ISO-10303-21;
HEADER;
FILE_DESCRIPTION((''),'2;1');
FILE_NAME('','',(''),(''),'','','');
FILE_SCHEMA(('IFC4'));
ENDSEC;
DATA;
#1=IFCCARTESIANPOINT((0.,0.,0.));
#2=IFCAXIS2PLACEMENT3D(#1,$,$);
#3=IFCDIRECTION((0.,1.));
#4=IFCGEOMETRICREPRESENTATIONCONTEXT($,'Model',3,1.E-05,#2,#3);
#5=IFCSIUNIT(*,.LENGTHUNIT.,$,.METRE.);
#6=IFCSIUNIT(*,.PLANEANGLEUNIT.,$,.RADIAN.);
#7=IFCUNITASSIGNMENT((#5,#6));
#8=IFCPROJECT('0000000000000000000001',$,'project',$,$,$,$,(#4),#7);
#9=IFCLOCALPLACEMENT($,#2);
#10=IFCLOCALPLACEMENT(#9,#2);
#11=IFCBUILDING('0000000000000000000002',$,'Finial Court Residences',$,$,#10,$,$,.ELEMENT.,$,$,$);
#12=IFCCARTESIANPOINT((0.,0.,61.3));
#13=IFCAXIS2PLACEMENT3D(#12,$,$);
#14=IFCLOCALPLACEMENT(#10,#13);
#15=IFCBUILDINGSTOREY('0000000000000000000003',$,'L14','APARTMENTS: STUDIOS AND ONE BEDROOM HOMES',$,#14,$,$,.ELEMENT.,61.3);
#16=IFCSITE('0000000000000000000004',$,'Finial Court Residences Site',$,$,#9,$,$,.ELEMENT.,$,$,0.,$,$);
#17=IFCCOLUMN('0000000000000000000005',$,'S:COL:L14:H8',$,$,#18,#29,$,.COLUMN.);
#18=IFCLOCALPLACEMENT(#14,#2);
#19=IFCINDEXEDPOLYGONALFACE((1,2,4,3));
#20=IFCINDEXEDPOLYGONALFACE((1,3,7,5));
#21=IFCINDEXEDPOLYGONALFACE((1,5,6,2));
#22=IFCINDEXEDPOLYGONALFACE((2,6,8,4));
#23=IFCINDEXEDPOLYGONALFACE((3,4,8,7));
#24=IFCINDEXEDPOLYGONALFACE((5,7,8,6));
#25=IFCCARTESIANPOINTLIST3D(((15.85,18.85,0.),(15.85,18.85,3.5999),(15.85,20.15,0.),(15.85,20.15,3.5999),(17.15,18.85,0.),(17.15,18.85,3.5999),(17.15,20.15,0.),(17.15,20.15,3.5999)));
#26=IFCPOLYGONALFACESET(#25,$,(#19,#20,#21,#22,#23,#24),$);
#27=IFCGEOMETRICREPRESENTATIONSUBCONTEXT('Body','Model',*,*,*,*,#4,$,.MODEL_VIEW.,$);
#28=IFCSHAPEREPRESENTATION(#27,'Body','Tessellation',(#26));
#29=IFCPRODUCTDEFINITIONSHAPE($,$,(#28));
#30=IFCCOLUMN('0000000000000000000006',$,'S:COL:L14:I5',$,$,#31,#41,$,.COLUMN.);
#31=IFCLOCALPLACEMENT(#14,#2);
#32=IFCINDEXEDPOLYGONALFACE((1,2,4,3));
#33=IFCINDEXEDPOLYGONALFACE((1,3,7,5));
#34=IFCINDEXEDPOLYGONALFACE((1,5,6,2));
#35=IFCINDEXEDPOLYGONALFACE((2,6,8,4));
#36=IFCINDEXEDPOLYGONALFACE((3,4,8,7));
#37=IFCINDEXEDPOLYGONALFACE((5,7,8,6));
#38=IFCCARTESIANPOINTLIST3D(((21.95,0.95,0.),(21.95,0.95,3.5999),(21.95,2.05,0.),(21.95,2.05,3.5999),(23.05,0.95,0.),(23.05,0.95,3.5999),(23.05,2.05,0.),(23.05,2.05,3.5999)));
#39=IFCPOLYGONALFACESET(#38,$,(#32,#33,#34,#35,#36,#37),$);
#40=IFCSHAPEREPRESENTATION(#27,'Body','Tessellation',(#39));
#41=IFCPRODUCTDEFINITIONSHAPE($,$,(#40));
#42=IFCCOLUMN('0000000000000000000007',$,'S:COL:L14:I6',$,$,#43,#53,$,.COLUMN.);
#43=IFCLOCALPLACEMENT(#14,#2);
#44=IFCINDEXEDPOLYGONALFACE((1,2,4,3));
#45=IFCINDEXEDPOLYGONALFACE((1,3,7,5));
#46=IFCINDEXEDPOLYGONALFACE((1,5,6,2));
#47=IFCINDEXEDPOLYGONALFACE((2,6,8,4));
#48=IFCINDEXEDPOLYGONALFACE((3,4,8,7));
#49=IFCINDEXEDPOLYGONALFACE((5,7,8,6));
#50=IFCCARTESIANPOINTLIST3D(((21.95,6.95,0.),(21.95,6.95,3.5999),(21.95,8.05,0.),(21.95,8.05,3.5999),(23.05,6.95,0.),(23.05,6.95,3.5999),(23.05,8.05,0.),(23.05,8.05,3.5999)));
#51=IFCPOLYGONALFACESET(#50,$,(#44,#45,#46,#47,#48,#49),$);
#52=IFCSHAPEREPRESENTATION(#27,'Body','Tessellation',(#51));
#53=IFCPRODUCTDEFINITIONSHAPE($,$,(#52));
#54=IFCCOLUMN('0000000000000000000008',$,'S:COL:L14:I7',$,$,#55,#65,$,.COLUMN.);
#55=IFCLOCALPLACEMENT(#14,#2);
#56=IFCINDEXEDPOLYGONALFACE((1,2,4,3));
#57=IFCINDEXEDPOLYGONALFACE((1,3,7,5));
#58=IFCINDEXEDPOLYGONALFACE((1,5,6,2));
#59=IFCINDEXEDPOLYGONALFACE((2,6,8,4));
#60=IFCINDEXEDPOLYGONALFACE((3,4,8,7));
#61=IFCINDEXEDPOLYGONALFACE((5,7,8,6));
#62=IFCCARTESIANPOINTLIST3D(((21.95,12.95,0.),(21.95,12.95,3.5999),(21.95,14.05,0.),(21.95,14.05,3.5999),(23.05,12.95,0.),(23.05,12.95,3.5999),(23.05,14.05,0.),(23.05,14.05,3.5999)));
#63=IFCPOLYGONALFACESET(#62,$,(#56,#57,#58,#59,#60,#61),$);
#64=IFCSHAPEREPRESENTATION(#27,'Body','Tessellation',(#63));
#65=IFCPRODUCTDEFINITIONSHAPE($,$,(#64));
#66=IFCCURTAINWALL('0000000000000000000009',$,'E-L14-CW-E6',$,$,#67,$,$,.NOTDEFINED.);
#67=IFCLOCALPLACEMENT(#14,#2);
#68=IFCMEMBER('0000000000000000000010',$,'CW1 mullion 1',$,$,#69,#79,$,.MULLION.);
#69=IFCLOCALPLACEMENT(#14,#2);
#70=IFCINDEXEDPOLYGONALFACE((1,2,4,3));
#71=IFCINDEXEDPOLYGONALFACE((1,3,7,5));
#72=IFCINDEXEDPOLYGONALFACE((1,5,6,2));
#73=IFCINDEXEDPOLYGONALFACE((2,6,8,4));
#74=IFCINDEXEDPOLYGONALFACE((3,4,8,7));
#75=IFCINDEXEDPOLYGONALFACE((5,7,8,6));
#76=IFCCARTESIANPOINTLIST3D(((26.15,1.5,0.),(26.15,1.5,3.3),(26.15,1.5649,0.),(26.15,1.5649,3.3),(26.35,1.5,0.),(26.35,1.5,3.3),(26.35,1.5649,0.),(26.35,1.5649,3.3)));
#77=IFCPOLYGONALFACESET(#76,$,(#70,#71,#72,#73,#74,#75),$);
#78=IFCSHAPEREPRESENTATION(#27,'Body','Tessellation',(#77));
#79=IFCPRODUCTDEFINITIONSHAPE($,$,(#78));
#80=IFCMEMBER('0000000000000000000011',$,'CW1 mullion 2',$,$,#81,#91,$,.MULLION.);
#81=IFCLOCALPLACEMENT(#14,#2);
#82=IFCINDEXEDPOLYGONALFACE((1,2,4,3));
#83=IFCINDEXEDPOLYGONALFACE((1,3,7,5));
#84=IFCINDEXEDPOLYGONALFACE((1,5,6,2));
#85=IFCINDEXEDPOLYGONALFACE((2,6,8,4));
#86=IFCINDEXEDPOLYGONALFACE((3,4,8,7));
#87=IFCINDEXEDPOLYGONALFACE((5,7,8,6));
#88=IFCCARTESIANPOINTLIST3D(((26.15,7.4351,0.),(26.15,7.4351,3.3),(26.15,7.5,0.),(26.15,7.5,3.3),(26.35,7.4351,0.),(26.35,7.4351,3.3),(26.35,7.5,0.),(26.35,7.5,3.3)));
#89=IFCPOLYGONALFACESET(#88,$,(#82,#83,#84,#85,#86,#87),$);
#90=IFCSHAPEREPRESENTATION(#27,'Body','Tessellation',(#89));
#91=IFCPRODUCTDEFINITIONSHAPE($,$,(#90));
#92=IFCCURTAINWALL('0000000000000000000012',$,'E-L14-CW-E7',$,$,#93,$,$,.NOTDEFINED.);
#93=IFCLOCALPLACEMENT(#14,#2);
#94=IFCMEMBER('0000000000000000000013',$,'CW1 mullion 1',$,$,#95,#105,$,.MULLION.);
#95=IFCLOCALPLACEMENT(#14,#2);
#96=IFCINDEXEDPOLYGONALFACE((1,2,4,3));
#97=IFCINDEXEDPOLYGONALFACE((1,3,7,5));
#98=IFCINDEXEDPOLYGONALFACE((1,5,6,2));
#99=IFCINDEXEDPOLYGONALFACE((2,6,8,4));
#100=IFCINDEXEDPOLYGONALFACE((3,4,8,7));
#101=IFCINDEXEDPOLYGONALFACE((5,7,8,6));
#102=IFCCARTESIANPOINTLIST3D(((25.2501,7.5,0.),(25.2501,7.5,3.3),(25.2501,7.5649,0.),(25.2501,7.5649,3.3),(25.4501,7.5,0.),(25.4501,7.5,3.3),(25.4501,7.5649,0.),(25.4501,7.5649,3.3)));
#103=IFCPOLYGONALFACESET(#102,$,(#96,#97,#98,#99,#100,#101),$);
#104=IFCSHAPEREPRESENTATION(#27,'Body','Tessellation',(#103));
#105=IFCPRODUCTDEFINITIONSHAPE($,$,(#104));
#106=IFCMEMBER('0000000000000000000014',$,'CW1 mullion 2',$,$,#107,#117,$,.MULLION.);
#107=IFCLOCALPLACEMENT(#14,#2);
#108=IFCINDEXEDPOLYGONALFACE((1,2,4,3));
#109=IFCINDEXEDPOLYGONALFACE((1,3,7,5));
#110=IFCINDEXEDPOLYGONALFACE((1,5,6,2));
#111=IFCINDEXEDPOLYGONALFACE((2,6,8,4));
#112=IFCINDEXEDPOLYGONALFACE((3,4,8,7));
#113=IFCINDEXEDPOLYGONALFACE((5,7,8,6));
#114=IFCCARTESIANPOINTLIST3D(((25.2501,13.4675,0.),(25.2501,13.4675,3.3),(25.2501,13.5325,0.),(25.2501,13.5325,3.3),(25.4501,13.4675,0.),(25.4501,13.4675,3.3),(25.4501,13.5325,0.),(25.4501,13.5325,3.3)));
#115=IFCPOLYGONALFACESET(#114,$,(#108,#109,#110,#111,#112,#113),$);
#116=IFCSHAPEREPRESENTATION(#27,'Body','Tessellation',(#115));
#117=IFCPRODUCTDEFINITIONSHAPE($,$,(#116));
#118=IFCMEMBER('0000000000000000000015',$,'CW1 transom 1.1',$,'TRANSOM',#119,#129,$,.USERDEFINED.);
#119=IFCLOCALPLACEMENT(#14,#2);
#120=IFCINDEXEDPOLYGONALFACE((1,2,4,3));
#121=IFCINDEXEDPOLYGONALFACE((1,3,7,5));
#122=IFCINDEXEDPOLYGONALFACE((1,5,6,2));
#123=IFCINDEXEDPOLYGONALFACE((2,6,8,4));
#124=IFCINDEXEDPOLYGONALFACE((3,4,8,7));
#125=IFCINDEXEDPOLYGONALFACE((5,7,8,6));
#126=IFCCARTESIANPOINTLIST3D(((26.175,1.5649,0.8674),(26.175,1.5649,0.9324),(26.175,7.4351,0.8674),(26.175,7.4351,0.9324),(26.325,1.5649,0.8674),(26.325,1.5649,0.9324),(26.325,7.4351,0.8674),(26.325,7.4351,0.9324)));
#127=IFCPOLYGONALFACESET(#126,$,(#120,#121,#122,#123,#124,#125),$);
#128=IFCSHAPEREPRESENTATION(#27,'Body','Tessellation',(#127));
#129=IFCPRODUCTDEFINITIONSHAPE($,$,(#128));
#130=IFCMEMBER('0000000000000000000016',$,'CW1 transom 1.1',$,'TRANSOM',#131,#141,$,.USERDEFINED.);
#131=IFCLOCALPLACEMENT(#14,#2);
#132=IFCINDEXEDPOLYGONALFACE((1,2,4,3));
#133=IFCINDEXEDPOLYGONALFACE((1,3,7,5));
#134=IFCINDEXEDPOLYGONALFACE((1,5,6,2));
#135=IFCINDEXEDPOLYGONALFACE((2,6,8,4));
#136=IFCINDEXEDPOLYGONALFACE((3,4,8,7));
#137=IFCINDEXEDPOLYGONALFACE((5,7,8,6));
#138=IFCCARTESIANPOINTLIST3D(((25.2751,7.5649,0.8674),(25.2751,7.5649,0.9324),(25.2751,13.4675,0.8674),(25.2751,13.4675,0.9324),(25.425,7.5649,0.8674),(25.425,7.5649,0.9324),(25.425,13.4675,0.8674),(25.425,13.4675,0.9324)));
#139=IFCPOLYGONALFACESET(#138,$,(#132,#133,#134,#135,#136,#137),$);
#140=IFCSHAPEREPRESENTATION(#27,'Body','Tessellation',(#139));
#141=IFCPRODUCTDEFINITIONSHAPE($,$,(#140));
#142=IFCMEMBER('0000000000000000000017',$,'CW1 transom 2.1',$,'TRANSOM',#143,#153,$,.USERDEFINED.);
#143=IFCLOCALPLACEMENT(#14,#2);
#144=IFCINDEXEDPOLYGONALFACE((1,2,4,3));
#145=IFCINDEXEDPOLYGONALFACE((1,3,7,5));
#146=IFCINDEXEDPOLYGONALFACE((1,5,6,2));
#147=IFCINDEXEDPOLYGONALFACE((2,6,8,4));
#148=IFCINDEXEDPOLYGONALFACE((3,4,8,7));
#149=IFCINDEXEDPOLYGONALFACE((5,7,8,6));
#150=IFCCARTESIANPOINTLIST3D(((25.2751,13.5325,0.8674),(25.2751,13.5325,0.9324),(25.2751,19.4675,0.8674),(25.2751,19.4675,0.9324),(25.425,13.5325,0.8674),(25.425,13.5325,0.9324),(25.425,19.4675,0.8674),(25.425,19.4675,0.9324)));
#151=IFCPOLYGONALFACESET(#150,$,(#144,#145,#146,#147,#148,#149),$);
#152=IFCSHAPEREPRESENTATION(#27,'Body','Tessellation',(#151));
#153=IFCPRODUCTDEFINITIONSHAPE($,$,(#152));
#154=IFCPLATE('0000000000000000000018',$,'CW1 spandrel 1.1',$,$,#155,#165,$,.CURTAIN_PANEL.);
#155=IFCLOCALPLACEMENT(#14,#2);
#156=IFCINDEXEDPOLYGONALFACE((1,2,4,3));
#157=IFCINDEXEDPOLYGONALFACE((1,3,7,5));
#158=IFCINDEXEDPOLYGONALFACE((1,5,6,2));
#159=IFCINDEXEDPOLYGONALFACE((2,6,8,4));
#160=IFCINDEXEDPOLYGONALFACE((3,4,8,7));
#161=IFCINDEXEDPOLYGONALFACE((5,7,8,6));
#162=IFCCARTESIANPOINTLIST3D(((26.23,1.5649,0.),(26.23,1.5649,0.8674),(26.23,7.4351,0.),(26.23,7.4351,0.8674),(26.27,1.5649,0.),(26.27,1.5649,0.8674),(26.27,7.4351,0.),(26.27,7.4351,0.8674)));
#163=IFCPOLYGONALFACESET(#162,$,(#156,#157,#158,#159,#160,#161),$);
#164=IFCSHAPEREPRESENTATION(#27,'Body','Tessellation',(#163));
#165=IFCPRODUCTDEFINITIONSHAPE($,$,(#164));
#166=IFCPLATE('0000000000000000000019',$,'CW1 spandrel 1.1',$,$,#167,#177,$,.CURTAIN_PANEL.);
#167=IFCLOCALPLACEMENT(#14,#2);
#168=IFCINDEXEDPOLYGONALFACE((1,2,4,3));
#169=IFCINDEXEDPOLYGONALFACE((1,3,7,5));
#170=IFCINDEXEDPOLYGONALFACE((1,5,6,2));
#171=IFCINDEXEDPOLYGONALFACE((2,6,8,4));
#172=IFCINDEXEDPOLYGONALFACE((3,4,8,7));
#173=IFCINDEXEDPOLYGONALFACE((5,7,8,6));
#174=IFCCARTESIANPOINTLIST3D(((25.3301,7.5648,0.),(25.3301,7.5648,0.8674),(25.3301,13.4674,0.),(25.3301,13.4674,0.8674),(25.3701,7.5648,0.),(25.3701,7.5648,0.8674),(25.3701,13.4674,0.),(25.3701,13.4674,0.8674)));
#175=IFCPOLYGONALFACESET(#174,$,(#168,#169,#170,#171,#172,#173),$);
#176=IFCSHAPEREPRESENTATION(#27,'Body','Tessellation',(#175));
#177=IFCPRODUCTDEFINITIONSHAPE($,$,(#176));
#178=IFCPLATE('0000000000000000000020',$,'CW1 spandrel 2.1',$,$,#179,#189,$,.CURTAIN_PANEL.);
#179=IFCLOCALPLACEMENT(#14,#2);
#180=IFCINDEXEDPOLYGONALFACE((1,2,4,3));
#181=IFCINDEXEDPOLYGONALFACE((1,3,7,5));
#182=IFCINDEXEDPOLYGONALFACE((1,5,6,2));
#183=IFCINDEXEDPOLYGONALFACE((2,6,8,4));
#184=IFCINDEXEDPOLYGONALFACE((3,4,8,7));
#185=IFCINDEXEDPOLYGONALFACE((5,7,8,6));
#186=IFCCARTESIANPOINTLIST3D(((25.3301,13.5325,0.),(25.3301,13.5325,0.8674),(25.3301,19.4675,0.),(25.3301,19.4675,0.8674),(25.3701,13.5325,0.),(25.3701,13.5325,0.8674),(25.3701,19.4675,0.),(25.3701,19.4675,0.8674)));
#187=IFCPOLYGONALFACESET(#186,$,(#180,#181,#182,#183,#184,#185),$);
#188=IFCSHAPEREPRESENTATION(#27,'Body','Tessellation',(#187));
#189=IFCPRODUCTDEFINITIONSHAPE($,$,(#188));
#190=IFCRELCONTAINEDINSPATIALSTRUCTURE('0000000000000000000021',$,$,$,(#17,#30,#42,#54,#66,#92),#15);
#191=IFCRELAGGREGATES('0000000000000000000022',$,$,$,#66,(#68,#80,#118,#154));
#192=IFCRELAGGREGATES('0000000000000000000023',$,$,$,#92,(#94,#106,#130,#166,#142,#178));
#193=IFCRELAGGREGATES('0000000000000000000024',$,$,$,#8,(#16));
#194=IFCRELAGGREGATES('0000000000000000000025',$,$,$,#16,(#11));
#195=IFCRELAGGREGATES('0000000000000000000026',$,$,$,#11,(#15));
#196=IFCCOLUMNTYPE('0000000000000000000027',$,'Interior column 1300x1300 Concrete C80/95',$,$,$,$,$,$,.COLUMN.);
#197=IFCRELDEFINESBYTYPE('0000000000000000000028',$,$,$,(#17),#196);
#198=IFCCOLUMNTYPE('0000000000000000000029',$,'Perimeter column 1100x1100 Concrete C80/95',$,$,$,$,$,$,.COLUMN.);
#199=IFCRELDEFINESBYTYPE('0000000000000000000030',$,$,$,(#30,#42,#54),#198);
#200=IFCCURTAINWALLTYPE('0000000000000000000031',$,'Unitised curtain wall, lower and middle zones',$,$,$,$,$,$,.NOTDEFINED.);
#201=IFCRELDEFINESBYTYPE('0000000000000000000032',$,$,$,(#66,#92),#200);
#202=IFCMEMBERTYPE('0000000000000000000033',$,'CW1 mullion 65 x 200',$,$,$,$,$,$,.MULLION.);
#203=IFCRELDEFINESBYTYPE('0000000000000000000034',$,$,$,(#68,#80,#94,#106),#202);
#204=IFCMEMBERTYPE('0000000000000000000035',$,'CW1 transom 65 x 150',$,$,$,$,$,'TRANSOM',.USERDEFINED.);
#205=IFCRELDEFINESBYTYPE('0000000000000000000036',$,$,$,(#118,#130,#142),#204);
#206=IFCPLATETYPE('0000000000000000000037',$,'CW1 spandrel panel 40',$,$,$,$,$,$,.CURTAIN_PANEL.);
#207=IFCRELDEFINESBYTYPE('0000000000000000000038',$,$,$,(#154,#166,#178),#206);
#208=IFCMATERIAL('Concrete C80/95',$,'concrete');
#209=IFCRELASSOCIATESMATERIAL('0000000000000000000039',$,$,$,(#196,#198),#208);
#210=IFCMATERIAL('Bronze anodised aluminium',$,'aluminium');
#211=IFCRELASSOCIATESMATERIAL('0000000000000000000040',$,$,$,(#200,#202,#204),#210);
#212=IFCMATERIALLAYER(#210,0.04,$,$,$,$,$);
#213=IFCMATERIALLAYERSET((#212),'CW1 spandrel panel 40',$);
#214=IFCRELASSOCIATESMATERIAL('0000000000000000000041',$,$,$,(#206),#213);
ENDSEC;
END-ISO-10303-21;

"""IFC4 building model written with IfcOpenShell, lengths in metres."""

from ifc_helpers import new_model, si_unit, direction, frame, origin, origin_2d, place, context, subcontext, project, spatial, rectangle, extrude, material, layer, layer_set, material_profile, profile_set, type_object, element, aggregate, save


model = new_model("IFC4")

# Units and contexts
model_context = context("Model", 3, precision=1e-05, world=origin(), true_north=direction((0.0, 1.0)))
body_context = subcontext(model_context, "Body", "Model", "MODEL_VIEW")
ifc_project = project(units=[si_unit("LENGTHUNIT", "METRE"), si_unit("PLANEANGLEUNIT", "RADIAN")], contexts=[model_context])

# Site, building, storey
site_placement = place(None, origin())
site = spatial("IfcSite", under=ifc_project, at=site_placement, Name="Finial Court Residences Site", CompositionType="ELEMENT", RefElevation=0.0)
building_placement = place(site_placement, origin())
building = spatial("IfcBuilding", under=site, at=building_placement, Name="Finial Court Residences", CompositionType="ELEMENT")
storey_placement = place(building_placement, frame((0.0, 0.0, 61.3)))
storey = spatial("IfcBuildingStorey", under=building, at=storey_placement, Name="L14", Description="APARTMENTS: STUDIOS AND ONE BEDROOM HOMES", CompositionType="ELEMENT", Elevation=61.3)

# Columns
ifc_material_1 = material(Name="Concrete C80/95", Category="concrete")
ifc_material_profile_1 = material_profile(ifc_material_1, rectangle(XDim=1.3, YDim=1.3, at=origin_2d()), Name="1300x1300")
ifc_profile_set_1 = profile_set([ifc_material_profile_1], Name="Concrete C80/95")
column_type_1 = type_object("IfcColumnType", Name="Interior column 1300x1300 Concrete C80/95", PredefinedType="COLUMN", material=ifc_profile_set_1)
column_placement = place(storey_placement, frame((16.5, 19.5, 0.0), z_axis=(0.0, 0.0, 1.0), x_axis=(1.0, 0.0, 0.0)))
element("IfcColumn", 1, at=column_placement, inside=storey, type_object=column_type_1, Name="S:COL:L14:H8", PredefinedType="COLUMN", context=body_context, shape_type="SweptSolid", body=[
    extrude(rectangle(XDim=1.3, YDim=1.3, at=origin_2d()), origin(), (0.0, 0.0, 1.0), 3.5999),
])
ifc_material_profile_2 = material_profile(ifc_material_1, rectangle(XDim=1.1001, YDim=1.1001, at=origin_2d()), Name="1100x1100")
ifc_profile_set_2 = profile_set([ifc_material_profile_2], Name="Concrete C80/95")
column_type_2 = type_object("IfcColumnType", Name="Perimeter column 1100x1100 Concrete C80/95", PredefinedType="COLUMN", material=ifc_profile_set_2)
for number, where, z_axis, x_axis, name in (
    (2, (22.5, 1.5, 0.0), (0.0, 0.0, 1.0), (1.0, 0.0, 0.0), "S:COL:L14:I5"),
    (3, (22.5, 7.5, 0.0), (0.0, 0.0, 1.0), (1.0, 0.0, 0.0), "S:COL:L14:I6"),
    (4, (22.5, 13.5, 0.0), (0.0, 0.0, 1.0), (1.0, 0.0, 0.0), "S:COL:L14:I7"),
):
    element("IfcColumn", number, at=place(storey_placement, frame(where, z_axis=z_axis, x_axis=x_axis)), inside=storey, type_object=column_type_2, Name=name, PredefinedType="COLUMN", context=body_context, shape_type="SweptSolid", body=[
        extrude(rectangle(XDim=1.1001, YDim=1.1001, at=origin_2d()), origin(), (0.0, 0.0, 1.0), 3.5999),
    ])

# Curtain walls, members
ifc_material_2 = material(Name="Bronze anodised aluminium", Category="aluminium")
curtain_wall_type = type_object("IfcCurtainWallType", Name="Unitised curtain wall, lower and middle zones", PredefinedType="NOTDEFINED", material=ifc_material_2)
curtain_wall_1_placement = place(storey_placement, origin())
curtain_wall_1 = element("IfcCurtainWall", 5, at=curtain_wall_1_placement, inside=storey, type_object=curtain_wall_type, Name="E-L14-CW-E6", PredefinedType="NOTDEFINED")
ifc_material_profile_3 = material_profile(ifc_material_2, rectangle(XDim=0.2, YDim=0.0649, at=origin_2d()), Name="CW1 mullion 65 x 200")
ifc_profile_set_3 = profile_set([ifc_material_profile_3], Name="Bronze anodised aluminium")
member_type_1 = type_object("IfcMemberType", Name="CW1 mullion 65 x 200", PredefinedType="MULLION", material=ifc_profile_set_3)
member_1_placement = place(storey_placement, frame((26.25, 1.5325, 0.0), z_axis=(0.0, 0.0, 1.0), x_axis=(-1.0, 0.0, 0.0)))
member_1 = element("IfcMember", 6, at=member_1_placement, type_object=member_type_1, Name="CW1 mullion 1", PredefinedType="MULLION", context=body_context, shape_type="SweptSolid", body=[
    extrude(rectangle(XDim=0.2, YDim=0.0649, at=origin_2d()), origin(), (0.0, 0.0, 1.0), 3.3),
])
member_2_placement = place(storey_placement, frame((26.25, 7.4675, 0.0), z_axis=(0.0, 0.0, 1.0), x_axis=(-1.0, 0.0, 0.0)))
member_2 = element("IfcMember", 7, at=member_2_placement, type_object=member_type_1, Name="CW1 mullion 2", PredefinedType="MULLION", context=body_context, shape_type="SweptSolid", body=[
    extrude(rectangle(XDim=0.2, YDim=0.0649, at=origin_2d()), origin(), (0.0, 0.0, 1.0), 3.3),
])
curtain_wall_2_placement = place(storey_placement, origin())
curtain_wall_2 = element("IfcCurtainWall", 8, at=curtain_wall_2_placement, inside=storey, type_object=curtain_wall_type, Name="E-L14-CW-E7", PredefinedType="NOTDEFINED")
member_3_placement = place(storey_placement, frame((25.3501, 7.5325, 0.0), z_axis=(0.0, 0.0, 1.0), x_axis=(-1.0, 0.0, 0.0)))
member_3 = element("IfcMember", 9, at=member_3_placement, type_object=member_type_1, Name="CW1 mullion 1", PredefinedType="MULLION", context=body_context, shape_type="SweptSolid", body=[
    extrude(rectangle(XDim=0.2, YDim=0.0649, at=origin_2d()), origin(), (0.0, 0.0, 1.0), 3.3),
])
member_4_placement = place(storey_placement, frame((25.3501, 13.5, 0.0), z_axis=(0.0, 0.0, 1.0), x_axis=(-1.0, 0.0, 0.0)))
member_4 = element("IfcMember", 10, at=member_4_placement, type_object=member_type_1, Name="CW1 mullion 2", PredefinedType="MULLION", context=body_context, shape_type="SweptSolid", body=[
    extrude(rectangle(XDim=0.2, YDim=0.0649, at=origin_2d()), origin(), (0.0, 0.0, 1.0), 3.3),
])

# Members
ifc_material_profile_4 = material_profile(ifc_material_2, rectangle(XDim=0.1499, YDim=0.0649, at=origin_2d()), Name="CW1 transom 65 x 150")
ifc_profile_set_4 = profile_set([ifc_material_profile_4], Name="Bronze anodised aluminium")
member_type_2 = type_object("IfcMemberType", Name="CW1 transom 65 x 150", ElementType="TRANSOM", PredefinedType="USERDEFINED", material=ifc_profile_set_4)
member_5_placement = place(storey_placement, frame((26.25, 1.5649, 0.8999), z_axis=(0.0, 1.0, 0.0), x_axis=(-1.0, 0.0, 0.0)))
member_5 = element("IfcMember", 11, at=member_5_placement, type_object=member_type_2, Name="CW1 transom 1.1", ObjectType="TRANSOM", PredefinedType="USERDEFINED", context=body_context, shape_type="SweptSolid", body=[
    extrude(rectangle(XDim=0.1499, YDim=0.0649, at=origin_2d()), origin(), (0.0, 0.0, 1.0), 5.8701),
])
member_6_placement = place(storey_placement, frame((25.3501, 7.5649, 0.8999), z_axis=(0.0, 1.0, 0.0), x_axis=(-1.0, 0.0, 0.0)))
member_6 = element("IfcMember", 12, at=member_6_placement, type_object=member_type_2, Name="CW1 transom 1.1", ObjectType="TRANSOM", PredefinedType="USERDEFINED", context=body_context, shape_type="SweptSolid", body=[
    extrude(rectangle(XDim=0.1499, YDim=0.0649, at=origin_2d()), origin(), (0.0, 0.0, 1.0), 5.9026),
])
member_7_placement = place(storey_placement, frame((25.3501, 13.5325, 0.8999), z_axis=(0.0, 1.0, 0.0), x_axis=(-1.0, 0.0, 0.0)))
member_7 = element("IfcMember", 13, at=member_7_placement, type_object=member_type_2, Name="CW1 transom 2.1", ObjectType="TRANSOM", PredefinedType="USERDEFINED", context=body_context, shape_type="SweptSolid", body=[
    extrude(rectangle(XDim=0.1499, YDim=0.0649, at=origin_2d()), origin(), (0.0, 0.0, 1.0), 5.9351),
])

# Plates
ifc_layer_1 = layer(ifc_material_2, 0.04)
ifc_layer_set_1 = layer_set([ifc_layer_1], Name="CW1 spandrel panel 40")
plate_type_1 = type_object("IfcPlateType", Name="CW1 spandrel panel 40", PredefinedType="CURTAIN_PANEL", material=ifc_layer_set_1)
plate_1_placement = place(storey_placement, frame((26.25, 4.5, 0.0), z_axis=(0.0, 0.0, 1.0), x_axis=(0.0, 1.0, 0.0)))
plate_1 = element("IfcPlate", 14, at=plate_1_placement, type_object=plate_type_1, Name="CW1 spandrel 1.1", PredefinedType="CURTAIN_PANEL", context=body_context, shape_type="SweptSolid", body=[
    extrude(rectangle(XDim=5.8701, YDim=0.04, at=origin_2d()), origin(), (0.0, 0.0, 1.0), 0.8674),
])
plate_2_placement = place(storey_placement, frame((25.3501, 10.5161, 0.0), z_axis=(0.0, 0.0, 1.0), x_axis=(0.0, 1.0, 0.0)))
plate_2 = element("IfcPlate", 15, at=plate_2_placement, type_object=plate_type_1, Name="CW1 spandrel 1.1", PredefinedType="CURTAIN_PANEL", context=body_context, shape_type="SweptSolid", body=[
    extrude(rectangle(XDim=5.9026, YDim=0.04, at=origin_2d()), origin(), (0.0, 0.0, 1.0), 0.8674),
])
plate_3_placement = place(storey_placement, frame((25.3501, 16.5, 0.0), z_axis=(0.0, 0.0, 1.0), x_axis=(0.0, 1.0, 0.0)))
plate_3 = element("IfcPlate", 16, at=plate_3_placement, type_object=plate_type_1, Name="CW1 spandrel 2.1", PredefinedType="CURTAIN_PANEL", context=body_context, shape_type="SweptSolid", body=[
    extrude(rectangle(XDim=5.9351, YDim=0.04, at=origin_2d()), origin(), (0.0, 0.0, 1.0), 0.8674),
])
aggregate(curtain_wall_1, [member_1, member_2, member_5, plate_1])
aggregate(curtain_wall_2, [member_3, member_4, member_6, plate_2, member_7, plate_3])

save(model, "model.ifc")
